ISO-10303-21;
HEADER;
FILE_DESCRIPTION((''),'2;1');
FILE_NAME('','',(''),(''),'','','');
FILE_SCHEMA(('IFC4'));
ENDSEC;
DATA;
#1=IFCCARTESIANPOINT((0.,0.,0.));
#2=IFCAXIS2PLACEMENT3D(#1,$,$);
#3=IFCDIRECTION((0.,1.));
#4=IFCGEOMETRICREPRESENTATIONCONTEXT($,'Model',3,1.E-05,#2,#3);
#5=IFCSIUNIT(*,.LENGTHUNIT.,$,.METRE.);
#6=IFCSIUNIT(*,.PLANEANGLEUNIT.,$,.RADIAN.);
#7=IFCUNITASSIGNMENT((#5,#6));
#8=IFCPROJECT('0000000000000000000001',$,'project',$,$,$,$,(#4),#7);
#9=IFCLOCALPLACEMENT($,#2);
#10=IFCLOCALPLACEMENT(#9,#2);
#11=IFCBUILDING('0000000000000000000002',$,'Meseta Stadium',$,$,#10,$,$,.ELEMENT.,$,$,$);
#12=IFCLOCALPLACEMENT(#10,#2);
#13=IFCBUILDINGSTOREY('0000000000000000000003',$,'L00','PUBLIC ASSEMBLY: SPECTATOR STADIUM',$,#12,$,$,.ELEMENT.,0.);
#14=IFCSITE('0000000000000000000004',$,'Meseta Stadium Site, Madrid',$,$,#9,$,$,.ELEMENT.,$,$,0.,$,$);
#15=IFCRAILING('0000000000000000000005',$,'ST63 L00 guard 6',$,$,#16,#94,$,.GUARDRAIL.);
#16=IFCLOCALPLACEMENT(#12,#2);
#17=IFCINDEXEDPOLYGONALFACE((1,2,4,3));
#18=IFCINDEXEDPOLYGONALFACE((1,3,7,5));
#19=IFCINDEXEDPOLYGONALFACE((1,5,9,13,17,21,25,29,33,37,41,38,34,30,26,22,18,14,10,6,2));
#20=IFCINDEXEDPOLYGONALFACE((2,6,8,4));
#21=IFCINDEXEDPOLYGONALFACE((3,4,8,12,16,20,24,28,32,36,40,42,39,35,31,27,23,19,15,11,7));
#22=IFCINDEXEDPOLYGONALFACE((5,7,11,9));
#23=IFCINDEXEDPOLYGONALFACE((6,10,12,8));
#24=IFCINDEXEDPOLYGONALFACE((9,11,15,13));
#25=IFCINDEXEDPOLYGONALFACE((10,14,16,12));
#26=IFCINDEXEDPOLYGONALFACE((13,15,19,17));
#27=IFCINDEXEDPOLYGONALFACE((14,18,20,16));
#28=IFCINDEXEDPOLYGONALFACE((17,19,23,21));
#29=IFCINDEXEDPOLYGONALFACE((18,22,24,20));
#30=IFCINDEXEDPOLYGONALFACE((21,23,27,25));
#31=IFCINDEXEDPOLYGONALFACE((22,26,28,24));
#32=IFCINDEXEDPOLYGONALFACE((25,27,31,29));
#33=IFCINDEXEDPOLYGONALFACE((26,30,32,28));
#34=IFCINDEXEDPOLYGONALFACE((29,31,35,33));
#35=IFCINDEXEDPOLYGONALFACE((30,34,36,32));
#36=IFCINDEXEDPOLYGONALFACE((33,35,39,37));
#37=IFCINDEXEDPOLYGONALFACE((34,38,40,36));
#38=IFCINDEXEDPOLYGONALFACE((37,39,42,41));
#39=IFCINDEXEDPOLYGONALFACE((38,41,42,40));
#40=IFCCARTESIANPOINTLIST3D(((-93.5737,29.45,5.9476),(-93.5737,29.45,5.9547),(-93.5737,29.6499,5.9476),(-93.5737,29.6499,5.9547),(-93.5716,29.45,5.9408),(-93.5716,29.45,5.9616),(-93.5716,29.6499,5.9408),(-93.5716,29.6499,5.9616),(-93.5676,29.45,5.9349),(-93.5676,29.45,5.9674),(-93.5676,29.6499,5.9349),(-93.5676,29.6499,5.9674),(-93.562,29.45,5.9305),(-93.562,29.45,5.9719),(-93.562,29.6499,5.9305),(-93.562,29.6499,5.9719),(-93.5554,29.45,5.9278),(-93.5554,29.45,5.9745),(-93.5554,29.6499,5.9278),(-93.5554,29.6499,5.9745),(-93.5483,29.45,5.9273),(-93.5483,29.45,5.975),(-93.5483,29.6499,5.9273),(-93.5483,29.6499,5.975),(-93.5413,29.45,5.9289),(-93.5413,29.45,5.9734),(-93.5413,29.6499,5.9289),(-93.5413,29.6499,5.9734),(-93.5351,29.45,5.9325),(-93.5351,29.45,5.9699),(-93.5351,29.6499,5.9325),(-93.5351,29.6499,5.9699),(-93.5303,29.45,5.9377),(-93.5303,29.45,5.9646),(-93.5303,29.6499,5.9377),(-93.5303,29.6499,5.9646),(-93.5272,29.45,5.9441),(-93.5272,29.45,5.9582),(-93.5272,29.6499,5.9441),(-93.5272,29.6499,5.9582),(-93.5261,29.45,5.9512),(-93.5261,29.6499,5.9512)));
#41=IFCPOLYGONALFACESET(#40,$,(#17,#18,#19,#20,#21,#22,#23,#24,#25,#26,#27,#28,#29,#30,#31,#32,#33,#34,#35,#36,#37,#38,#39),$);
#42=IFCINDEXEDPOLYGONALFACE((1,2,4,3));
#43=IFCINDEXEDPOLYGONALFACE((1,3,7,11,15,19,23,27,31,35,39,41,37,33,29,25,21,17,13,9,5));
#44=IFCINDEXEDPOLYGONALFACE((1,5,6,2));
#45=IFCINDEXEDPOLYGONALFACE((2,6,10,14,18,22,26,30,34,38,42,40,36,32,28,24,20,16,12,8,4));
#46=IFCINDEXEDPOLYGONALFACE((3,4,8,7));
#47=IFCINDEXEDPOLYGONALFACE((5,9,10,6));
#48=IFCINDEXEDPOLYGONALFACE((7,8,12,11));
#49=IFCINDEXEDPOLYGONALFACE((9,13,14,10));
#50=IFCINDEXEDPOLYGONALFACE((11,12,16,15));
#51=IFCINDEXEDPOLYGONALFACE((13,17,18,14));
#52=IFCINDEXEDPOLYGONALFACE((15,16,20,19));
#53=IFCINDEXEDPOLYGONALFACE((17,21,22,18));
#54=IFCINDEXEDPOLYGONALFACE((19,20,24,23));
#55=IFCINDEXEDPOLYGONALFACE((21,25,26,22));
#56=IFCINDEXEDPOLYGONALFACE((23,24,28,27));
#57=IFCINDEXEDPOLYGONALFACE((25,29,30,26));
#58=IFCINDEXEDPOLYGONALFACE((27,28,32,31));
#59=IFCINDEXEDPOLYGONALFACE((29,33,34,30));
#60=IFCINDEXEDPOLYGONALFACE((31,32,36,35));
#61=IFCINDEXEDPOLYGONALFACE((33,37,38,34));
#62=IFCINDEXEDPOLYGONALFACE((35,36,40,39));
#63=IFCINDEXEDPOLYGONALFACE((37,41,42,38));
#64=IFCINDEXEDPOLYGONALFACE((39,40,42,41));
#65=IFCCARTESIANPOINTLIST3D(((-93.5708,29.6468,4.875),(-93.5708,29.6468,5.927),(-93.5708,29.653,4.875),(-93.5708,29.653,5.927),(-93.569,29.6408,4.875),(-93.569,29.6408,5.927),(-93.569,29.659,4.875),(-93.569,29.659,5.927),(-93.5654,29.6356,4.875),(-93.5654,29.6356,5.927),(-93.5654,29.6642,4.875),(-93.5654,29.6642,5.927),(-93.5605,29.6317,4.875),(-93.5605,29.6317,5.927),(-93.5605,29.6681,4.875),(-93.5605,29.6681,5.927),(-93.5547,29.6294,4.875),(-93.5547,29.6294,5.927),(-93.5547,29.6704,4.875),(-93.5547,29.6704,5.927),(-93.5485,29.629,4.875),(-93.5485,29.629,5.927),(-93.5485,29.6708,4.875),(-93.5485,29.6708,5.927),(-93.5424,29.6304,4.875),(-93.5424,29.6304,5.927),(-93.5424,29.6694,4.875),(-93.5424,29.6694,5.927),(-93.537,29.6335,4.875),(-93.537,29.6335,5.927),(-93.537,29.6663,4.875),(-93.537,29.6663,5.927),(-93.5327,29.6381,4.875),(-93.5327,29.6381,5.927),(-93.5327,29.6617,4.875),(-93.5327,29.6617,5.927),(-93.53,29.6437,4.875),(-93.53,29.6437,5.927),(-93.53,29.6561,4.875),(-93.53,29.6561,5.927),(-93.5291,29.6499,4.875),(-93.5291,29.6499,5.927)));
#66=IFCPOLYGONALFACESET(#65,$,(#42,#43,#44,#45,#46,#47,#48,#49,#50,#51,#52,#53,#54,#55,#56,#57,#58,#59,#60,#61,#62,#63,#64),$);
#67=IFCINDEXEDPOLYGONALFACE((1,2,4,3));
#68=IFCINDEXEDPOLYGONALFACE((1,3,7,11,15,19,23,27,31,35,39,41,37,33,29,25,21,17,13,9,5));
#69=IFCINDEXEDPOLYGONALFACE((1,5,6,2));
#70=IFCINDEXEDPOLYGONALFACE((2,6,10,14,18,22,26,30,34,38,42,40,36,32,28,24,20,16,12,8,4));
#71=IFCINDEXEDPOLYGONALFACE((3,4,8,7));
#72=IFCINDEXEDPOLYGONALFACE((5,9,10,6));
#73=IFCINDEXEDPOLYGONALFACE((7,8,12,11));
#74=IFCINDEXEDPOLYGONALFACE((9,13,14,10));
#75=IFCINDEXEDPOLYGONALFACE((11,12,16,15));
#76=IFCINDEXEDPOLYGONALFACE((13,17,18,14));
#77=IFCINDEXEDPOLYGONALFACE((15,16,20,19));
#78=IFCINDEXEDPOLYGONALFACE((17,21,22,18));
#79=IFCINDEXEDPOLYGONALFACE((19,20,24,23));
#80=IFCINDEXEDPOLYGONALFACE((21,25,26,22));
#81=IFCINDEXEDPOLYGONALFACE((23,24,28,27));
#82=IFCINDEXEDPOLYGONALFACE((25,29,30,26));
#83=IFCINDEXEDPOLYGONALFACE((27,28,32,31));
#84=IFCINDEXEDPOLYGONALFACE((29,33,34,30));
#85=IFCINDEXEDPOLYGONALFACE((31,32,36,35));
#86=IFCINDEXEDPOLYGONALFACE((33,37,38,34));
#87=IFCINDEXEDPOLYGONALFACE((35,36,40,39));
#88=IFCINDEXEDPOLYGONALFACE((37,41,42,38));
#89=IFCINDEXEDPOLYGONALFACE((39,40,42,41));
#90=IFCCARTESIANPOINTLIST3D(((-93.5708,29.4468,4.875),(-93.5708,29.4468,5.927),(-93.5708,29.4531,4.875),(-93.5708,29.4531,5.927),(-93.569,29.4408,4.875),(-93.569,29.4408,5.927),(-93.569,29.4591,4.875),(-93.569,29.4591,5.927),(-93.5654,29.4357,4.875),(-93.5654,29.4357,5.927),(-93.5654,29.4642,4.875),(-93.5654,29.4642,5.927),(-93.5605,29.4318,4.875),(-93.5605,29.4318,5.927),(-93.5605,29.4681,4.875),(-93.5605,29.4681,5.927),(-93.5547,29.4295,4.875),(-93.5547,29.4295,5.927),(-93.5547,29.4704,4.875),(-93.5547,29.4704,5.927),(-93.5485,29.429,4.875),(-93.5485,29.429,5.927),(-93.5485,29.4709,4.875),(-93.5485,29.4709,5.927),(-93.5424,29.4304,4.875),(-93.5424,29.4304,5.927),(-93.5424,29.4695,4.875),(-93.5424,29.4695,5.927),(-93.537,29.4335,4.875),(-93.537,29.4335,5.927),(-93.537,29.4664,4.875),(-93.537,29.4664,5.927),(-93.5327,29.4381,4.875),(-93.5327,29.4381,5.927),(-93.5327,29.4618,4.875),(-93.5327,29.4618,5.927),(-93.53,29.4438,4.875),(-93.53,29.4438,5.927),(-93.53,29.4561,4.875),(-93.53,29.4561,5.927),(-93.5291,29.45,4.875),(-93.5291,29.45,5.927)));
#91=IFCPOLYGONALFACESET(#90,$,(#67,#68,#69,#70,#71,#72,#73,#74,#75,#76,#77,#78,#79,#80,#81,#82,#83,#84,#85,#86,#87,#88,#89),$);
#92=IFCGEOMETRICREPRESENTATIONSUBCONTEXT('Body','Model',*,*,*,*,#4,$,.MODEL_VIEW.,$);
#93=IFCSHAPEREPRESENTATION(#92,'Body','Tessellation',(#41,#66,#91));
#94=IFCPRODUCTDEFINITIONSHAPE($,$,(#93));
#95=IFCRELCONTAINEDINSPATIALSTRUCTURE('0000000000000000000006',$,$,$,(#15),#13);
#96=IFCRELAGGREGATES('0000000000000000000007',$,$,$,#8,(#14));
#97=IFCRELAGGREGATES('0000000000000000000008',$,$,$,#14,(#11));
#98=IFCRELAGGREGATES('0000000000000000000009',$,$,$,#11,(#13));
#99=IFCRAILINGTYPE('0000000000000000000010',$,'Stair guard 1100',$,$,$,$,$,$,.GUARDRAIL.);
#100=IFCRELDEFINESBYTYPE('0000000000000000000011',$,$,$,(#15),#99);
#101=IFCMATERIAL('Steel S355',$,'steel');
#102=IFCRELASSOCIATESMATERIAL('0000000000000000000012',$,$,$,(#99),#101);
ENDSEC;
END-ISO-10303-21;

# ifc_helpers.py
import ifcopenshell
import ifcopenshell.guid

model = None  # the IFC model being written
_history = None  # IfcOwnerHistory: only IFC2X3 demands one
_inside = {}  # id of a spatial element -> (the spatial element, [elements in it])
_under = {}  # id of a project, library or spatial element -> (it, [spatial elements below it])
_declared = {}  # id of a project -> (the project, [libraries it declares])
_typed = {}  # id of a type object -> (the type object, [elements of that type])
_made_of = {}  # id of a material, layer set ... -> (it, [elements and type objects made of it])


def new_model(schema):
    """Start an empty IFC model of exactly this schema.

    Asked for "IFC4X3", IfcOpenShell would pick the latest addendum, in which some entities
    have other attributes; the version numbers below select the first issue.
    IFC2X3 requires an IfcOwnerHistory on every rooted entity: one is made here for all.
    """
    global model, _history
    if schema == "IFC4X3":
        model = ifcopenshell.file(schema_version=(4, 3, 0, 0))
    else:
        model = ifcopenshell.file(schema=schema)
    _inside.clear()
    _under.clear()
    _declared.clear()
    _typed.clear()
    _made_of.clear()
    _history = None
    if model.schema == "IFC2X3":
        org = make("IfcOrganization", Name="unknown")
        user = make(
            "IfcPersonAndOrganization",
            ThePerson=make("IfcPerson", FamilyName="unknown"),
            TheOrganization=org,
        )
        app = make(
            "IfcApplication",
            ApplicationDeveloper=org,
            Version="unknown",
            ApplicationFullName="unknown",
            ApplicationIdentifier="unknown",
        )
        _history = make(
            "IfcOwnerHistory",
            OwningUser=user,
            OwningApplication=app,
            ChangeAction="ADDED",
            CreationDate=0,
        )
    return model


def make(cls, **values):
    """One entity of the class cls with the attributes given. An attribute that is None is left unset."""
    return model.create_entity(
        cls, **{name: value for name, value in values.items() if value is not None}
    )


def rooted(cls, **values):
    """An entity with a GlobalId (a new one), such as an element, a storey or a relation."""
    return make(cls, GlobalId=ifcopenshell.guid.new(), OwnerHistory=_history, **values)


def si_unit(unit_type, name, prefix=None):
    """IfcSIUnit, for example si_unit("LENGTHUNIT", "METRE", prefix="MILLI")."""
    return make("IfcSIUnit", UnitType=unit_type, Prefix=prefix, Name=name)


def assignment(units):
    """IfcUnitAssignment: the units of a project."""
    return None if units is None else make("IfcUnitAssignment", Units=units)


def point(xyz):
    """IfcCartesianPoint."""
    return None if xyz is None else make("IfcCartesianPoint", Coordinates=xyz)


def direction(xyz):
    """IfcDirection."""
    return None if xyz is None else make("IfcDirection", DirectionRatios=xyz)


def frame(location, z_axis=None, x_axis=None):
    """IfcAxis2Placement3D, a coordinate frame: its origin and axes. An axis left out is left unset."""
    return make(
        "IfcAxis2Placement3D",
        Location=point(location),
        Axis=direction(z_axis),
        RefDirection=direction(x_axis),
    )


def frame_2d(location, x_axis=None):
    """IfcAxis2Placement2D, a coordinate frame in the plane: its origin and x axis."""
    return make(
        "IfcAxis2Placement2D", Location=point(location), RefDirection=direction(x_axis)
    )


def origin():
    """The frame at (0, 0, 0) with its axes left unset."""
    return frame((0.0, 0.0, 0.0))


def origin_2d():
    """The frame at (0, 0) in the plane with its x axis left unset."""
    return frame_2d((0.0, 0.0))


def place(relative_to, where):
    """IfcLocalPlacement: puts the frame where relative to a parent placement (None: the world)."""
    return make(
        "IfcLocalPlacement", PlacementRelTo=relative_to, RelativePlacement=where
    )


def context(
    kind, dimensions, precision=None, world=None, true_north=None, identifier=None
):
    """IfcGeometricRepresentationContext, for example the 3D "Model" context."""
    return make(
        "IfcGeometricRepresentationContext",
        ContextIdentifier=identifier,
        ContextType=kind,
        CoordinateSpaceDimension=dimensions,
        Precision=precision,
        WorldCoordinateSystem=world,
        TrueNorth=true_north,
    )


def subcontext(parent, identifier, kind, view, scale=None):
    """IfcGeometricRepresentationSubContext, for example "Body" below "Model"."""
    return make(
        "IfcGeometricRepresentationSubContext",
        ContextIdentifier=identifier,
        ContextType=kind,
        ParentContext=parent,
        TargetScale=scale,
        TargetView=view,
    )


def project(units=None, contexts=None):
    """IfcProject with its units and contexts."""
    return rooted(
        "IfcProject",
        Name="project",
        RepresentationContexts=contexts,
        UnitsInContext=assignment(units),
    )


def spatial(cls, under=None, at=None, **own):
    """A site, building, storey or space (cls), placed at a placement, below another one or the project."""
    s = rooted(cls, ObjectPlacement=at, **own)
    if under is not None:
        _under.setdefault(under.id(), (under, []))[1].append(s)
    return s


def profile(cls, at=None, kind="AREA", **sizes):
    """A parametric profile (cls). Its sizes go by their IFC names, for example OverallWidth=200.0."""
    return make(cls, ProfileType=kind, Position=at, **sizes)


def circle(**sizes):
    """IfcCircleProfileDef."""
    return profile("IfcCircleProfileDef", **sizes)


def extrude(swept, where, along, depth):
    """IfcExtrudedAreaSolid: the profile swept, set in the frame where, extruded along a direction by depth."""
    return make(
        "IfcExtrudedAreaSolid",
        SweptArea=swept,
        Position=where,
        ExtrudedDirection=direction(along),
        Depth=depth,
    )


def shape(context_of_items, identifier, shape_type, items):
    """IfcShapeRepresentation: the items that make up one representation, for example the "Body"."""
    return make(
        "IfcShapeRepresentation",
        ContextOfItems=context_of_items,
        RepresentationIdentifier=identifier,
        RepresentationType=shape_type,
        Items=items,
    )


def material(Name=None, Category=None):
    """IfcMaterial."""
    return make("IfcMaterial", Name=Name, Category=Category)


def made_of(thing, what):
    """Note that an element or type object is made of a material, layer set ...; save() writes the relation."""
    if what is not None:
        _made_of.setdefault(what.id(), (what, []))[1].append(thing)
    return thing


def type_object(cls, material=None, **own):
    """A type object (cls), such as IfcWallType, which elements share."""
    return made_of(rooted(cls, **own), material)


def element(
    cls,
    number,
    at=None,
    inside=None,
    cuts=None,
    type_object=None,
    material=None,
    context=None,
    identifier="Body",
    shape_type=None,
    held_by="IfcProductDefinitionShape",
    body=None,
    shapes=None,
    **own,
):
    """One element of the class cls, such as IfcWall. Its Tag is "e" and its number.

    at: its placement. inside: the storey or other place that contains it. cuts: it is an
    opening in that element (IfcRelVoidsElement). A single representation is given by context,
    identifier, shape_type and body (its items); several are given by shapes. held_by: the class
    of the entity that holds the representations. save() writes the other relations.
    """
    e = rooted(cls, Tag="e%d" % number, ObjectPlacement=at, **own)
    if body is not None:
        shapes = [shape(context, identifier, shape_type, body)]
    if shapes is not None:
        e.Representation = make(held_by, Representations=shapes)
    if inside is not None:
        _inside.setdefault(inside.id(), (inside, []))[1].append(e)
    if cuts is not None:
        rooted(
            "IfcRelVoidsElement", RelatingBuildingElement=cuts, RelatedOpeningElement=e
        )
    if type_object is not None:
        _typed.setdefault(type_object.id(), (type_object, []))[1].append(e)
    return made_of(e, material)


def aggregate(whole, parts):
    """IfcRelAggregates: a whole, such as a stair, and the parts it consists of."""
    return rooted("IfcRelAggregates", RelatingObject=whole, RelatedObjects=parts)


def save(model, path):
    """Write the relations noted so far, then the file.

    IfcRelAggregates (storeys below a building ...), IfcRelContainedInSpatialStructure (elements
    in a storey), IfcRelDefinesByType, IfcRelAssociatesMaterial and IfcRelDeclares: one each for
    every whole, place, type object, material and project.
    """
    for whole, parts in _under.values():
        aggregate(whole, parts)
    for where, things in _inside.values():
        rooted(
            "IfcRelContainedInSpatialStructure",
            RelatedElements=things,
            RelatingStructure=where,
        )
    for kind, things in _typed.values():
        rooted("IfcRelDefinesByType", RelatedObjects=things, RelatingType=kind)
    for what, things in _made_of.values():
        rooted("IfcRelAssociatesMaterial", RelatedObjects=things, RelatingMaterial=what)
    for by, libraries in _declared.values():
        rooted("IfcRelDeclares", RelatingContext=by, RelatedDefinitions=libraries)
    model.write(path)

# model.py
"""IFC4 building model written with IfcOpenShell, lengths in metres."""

from ifc_helpers import new_model, si_unit, direction, frame, origin, origin_2d, place, context, subcontext, project, spatial, circle, extrude, material, type_object, element, save


model = new_model("IFC4")

# Units and contexts
model_context = context("Model", 3, precision=1e-05, world=origin(), true_north=direction((0.0, 1.0)))
body_context = subcontext(model_context, "Body", "Model", "MODEL_VIEW")
ifc_project = project(units=[si_unit("LENGTHUNIT", "METRE"), si_unit("PLANEANGLEUNIT", "RADIAN")], contexts=[model_context])

# Site, building, storey
site_placement = place(None, origin())
site = spatial("IfcSite", under=ifc_project, at=site_placement, Name="Meseta Stadium Site, Madrid", CompositionType="ELEMENT", RefElevation=0.0)
building_placement = place(site_placement, origin())
building = spatial("IfcBuilding", under=site, at=building_placement, Name="Meseta Stadium", CompositionType="ELEMENT")
storey_placement = place(building_placement, origin())
storey = spatial("IfcBuildingStorey", under=building, at=storey_placement, Name="L00", Description="PUBLIC ASSEMBLY: SPECTATOR STADIUM", CompositionType="ELEMENT", Elevation=0.0)

# Railing
ifc_material_1 = material(Name="Steel S355", Category="steel")
railing_type_1 = type_object("IfcRailingType", Name="Stair guard 1100", PredefinedType="GUARDRAIL", material=ifc_material_1)
railing_1_placement = place(storey_placement, frame((-93.55, 29.6499, 4.875)))
element("IfcRailing", 1, at=railing_1_placement, inside=storey, type_object=railing_type_1, Name="ST63 L00 guard 6", PredefinedType="GUARDRAIL", context=body_context, shape_type="SweptSolid", body=[
    extrude(circle(Radius=0.0239, at=origin_2d()), frame((0.0, 0.0, 1.0762), z_axis=(0.0, -1.0, 0.0), x_axis=(1.0, 0.0, 0.0)), (0.0, 0.0, 1.0), 0.2),
    extrude(circle(Radius=0.021, at=origin_2d()), origin(), (0.0, 0.0, 1.0), 1.052),
    extrude(circle(Radius=0.021, at=origin_2d()), frame((0.0, -0.2, 0.0)), (0.0, 0.0, 1.0), 1.052),
])

save(model, "model.ifc")
